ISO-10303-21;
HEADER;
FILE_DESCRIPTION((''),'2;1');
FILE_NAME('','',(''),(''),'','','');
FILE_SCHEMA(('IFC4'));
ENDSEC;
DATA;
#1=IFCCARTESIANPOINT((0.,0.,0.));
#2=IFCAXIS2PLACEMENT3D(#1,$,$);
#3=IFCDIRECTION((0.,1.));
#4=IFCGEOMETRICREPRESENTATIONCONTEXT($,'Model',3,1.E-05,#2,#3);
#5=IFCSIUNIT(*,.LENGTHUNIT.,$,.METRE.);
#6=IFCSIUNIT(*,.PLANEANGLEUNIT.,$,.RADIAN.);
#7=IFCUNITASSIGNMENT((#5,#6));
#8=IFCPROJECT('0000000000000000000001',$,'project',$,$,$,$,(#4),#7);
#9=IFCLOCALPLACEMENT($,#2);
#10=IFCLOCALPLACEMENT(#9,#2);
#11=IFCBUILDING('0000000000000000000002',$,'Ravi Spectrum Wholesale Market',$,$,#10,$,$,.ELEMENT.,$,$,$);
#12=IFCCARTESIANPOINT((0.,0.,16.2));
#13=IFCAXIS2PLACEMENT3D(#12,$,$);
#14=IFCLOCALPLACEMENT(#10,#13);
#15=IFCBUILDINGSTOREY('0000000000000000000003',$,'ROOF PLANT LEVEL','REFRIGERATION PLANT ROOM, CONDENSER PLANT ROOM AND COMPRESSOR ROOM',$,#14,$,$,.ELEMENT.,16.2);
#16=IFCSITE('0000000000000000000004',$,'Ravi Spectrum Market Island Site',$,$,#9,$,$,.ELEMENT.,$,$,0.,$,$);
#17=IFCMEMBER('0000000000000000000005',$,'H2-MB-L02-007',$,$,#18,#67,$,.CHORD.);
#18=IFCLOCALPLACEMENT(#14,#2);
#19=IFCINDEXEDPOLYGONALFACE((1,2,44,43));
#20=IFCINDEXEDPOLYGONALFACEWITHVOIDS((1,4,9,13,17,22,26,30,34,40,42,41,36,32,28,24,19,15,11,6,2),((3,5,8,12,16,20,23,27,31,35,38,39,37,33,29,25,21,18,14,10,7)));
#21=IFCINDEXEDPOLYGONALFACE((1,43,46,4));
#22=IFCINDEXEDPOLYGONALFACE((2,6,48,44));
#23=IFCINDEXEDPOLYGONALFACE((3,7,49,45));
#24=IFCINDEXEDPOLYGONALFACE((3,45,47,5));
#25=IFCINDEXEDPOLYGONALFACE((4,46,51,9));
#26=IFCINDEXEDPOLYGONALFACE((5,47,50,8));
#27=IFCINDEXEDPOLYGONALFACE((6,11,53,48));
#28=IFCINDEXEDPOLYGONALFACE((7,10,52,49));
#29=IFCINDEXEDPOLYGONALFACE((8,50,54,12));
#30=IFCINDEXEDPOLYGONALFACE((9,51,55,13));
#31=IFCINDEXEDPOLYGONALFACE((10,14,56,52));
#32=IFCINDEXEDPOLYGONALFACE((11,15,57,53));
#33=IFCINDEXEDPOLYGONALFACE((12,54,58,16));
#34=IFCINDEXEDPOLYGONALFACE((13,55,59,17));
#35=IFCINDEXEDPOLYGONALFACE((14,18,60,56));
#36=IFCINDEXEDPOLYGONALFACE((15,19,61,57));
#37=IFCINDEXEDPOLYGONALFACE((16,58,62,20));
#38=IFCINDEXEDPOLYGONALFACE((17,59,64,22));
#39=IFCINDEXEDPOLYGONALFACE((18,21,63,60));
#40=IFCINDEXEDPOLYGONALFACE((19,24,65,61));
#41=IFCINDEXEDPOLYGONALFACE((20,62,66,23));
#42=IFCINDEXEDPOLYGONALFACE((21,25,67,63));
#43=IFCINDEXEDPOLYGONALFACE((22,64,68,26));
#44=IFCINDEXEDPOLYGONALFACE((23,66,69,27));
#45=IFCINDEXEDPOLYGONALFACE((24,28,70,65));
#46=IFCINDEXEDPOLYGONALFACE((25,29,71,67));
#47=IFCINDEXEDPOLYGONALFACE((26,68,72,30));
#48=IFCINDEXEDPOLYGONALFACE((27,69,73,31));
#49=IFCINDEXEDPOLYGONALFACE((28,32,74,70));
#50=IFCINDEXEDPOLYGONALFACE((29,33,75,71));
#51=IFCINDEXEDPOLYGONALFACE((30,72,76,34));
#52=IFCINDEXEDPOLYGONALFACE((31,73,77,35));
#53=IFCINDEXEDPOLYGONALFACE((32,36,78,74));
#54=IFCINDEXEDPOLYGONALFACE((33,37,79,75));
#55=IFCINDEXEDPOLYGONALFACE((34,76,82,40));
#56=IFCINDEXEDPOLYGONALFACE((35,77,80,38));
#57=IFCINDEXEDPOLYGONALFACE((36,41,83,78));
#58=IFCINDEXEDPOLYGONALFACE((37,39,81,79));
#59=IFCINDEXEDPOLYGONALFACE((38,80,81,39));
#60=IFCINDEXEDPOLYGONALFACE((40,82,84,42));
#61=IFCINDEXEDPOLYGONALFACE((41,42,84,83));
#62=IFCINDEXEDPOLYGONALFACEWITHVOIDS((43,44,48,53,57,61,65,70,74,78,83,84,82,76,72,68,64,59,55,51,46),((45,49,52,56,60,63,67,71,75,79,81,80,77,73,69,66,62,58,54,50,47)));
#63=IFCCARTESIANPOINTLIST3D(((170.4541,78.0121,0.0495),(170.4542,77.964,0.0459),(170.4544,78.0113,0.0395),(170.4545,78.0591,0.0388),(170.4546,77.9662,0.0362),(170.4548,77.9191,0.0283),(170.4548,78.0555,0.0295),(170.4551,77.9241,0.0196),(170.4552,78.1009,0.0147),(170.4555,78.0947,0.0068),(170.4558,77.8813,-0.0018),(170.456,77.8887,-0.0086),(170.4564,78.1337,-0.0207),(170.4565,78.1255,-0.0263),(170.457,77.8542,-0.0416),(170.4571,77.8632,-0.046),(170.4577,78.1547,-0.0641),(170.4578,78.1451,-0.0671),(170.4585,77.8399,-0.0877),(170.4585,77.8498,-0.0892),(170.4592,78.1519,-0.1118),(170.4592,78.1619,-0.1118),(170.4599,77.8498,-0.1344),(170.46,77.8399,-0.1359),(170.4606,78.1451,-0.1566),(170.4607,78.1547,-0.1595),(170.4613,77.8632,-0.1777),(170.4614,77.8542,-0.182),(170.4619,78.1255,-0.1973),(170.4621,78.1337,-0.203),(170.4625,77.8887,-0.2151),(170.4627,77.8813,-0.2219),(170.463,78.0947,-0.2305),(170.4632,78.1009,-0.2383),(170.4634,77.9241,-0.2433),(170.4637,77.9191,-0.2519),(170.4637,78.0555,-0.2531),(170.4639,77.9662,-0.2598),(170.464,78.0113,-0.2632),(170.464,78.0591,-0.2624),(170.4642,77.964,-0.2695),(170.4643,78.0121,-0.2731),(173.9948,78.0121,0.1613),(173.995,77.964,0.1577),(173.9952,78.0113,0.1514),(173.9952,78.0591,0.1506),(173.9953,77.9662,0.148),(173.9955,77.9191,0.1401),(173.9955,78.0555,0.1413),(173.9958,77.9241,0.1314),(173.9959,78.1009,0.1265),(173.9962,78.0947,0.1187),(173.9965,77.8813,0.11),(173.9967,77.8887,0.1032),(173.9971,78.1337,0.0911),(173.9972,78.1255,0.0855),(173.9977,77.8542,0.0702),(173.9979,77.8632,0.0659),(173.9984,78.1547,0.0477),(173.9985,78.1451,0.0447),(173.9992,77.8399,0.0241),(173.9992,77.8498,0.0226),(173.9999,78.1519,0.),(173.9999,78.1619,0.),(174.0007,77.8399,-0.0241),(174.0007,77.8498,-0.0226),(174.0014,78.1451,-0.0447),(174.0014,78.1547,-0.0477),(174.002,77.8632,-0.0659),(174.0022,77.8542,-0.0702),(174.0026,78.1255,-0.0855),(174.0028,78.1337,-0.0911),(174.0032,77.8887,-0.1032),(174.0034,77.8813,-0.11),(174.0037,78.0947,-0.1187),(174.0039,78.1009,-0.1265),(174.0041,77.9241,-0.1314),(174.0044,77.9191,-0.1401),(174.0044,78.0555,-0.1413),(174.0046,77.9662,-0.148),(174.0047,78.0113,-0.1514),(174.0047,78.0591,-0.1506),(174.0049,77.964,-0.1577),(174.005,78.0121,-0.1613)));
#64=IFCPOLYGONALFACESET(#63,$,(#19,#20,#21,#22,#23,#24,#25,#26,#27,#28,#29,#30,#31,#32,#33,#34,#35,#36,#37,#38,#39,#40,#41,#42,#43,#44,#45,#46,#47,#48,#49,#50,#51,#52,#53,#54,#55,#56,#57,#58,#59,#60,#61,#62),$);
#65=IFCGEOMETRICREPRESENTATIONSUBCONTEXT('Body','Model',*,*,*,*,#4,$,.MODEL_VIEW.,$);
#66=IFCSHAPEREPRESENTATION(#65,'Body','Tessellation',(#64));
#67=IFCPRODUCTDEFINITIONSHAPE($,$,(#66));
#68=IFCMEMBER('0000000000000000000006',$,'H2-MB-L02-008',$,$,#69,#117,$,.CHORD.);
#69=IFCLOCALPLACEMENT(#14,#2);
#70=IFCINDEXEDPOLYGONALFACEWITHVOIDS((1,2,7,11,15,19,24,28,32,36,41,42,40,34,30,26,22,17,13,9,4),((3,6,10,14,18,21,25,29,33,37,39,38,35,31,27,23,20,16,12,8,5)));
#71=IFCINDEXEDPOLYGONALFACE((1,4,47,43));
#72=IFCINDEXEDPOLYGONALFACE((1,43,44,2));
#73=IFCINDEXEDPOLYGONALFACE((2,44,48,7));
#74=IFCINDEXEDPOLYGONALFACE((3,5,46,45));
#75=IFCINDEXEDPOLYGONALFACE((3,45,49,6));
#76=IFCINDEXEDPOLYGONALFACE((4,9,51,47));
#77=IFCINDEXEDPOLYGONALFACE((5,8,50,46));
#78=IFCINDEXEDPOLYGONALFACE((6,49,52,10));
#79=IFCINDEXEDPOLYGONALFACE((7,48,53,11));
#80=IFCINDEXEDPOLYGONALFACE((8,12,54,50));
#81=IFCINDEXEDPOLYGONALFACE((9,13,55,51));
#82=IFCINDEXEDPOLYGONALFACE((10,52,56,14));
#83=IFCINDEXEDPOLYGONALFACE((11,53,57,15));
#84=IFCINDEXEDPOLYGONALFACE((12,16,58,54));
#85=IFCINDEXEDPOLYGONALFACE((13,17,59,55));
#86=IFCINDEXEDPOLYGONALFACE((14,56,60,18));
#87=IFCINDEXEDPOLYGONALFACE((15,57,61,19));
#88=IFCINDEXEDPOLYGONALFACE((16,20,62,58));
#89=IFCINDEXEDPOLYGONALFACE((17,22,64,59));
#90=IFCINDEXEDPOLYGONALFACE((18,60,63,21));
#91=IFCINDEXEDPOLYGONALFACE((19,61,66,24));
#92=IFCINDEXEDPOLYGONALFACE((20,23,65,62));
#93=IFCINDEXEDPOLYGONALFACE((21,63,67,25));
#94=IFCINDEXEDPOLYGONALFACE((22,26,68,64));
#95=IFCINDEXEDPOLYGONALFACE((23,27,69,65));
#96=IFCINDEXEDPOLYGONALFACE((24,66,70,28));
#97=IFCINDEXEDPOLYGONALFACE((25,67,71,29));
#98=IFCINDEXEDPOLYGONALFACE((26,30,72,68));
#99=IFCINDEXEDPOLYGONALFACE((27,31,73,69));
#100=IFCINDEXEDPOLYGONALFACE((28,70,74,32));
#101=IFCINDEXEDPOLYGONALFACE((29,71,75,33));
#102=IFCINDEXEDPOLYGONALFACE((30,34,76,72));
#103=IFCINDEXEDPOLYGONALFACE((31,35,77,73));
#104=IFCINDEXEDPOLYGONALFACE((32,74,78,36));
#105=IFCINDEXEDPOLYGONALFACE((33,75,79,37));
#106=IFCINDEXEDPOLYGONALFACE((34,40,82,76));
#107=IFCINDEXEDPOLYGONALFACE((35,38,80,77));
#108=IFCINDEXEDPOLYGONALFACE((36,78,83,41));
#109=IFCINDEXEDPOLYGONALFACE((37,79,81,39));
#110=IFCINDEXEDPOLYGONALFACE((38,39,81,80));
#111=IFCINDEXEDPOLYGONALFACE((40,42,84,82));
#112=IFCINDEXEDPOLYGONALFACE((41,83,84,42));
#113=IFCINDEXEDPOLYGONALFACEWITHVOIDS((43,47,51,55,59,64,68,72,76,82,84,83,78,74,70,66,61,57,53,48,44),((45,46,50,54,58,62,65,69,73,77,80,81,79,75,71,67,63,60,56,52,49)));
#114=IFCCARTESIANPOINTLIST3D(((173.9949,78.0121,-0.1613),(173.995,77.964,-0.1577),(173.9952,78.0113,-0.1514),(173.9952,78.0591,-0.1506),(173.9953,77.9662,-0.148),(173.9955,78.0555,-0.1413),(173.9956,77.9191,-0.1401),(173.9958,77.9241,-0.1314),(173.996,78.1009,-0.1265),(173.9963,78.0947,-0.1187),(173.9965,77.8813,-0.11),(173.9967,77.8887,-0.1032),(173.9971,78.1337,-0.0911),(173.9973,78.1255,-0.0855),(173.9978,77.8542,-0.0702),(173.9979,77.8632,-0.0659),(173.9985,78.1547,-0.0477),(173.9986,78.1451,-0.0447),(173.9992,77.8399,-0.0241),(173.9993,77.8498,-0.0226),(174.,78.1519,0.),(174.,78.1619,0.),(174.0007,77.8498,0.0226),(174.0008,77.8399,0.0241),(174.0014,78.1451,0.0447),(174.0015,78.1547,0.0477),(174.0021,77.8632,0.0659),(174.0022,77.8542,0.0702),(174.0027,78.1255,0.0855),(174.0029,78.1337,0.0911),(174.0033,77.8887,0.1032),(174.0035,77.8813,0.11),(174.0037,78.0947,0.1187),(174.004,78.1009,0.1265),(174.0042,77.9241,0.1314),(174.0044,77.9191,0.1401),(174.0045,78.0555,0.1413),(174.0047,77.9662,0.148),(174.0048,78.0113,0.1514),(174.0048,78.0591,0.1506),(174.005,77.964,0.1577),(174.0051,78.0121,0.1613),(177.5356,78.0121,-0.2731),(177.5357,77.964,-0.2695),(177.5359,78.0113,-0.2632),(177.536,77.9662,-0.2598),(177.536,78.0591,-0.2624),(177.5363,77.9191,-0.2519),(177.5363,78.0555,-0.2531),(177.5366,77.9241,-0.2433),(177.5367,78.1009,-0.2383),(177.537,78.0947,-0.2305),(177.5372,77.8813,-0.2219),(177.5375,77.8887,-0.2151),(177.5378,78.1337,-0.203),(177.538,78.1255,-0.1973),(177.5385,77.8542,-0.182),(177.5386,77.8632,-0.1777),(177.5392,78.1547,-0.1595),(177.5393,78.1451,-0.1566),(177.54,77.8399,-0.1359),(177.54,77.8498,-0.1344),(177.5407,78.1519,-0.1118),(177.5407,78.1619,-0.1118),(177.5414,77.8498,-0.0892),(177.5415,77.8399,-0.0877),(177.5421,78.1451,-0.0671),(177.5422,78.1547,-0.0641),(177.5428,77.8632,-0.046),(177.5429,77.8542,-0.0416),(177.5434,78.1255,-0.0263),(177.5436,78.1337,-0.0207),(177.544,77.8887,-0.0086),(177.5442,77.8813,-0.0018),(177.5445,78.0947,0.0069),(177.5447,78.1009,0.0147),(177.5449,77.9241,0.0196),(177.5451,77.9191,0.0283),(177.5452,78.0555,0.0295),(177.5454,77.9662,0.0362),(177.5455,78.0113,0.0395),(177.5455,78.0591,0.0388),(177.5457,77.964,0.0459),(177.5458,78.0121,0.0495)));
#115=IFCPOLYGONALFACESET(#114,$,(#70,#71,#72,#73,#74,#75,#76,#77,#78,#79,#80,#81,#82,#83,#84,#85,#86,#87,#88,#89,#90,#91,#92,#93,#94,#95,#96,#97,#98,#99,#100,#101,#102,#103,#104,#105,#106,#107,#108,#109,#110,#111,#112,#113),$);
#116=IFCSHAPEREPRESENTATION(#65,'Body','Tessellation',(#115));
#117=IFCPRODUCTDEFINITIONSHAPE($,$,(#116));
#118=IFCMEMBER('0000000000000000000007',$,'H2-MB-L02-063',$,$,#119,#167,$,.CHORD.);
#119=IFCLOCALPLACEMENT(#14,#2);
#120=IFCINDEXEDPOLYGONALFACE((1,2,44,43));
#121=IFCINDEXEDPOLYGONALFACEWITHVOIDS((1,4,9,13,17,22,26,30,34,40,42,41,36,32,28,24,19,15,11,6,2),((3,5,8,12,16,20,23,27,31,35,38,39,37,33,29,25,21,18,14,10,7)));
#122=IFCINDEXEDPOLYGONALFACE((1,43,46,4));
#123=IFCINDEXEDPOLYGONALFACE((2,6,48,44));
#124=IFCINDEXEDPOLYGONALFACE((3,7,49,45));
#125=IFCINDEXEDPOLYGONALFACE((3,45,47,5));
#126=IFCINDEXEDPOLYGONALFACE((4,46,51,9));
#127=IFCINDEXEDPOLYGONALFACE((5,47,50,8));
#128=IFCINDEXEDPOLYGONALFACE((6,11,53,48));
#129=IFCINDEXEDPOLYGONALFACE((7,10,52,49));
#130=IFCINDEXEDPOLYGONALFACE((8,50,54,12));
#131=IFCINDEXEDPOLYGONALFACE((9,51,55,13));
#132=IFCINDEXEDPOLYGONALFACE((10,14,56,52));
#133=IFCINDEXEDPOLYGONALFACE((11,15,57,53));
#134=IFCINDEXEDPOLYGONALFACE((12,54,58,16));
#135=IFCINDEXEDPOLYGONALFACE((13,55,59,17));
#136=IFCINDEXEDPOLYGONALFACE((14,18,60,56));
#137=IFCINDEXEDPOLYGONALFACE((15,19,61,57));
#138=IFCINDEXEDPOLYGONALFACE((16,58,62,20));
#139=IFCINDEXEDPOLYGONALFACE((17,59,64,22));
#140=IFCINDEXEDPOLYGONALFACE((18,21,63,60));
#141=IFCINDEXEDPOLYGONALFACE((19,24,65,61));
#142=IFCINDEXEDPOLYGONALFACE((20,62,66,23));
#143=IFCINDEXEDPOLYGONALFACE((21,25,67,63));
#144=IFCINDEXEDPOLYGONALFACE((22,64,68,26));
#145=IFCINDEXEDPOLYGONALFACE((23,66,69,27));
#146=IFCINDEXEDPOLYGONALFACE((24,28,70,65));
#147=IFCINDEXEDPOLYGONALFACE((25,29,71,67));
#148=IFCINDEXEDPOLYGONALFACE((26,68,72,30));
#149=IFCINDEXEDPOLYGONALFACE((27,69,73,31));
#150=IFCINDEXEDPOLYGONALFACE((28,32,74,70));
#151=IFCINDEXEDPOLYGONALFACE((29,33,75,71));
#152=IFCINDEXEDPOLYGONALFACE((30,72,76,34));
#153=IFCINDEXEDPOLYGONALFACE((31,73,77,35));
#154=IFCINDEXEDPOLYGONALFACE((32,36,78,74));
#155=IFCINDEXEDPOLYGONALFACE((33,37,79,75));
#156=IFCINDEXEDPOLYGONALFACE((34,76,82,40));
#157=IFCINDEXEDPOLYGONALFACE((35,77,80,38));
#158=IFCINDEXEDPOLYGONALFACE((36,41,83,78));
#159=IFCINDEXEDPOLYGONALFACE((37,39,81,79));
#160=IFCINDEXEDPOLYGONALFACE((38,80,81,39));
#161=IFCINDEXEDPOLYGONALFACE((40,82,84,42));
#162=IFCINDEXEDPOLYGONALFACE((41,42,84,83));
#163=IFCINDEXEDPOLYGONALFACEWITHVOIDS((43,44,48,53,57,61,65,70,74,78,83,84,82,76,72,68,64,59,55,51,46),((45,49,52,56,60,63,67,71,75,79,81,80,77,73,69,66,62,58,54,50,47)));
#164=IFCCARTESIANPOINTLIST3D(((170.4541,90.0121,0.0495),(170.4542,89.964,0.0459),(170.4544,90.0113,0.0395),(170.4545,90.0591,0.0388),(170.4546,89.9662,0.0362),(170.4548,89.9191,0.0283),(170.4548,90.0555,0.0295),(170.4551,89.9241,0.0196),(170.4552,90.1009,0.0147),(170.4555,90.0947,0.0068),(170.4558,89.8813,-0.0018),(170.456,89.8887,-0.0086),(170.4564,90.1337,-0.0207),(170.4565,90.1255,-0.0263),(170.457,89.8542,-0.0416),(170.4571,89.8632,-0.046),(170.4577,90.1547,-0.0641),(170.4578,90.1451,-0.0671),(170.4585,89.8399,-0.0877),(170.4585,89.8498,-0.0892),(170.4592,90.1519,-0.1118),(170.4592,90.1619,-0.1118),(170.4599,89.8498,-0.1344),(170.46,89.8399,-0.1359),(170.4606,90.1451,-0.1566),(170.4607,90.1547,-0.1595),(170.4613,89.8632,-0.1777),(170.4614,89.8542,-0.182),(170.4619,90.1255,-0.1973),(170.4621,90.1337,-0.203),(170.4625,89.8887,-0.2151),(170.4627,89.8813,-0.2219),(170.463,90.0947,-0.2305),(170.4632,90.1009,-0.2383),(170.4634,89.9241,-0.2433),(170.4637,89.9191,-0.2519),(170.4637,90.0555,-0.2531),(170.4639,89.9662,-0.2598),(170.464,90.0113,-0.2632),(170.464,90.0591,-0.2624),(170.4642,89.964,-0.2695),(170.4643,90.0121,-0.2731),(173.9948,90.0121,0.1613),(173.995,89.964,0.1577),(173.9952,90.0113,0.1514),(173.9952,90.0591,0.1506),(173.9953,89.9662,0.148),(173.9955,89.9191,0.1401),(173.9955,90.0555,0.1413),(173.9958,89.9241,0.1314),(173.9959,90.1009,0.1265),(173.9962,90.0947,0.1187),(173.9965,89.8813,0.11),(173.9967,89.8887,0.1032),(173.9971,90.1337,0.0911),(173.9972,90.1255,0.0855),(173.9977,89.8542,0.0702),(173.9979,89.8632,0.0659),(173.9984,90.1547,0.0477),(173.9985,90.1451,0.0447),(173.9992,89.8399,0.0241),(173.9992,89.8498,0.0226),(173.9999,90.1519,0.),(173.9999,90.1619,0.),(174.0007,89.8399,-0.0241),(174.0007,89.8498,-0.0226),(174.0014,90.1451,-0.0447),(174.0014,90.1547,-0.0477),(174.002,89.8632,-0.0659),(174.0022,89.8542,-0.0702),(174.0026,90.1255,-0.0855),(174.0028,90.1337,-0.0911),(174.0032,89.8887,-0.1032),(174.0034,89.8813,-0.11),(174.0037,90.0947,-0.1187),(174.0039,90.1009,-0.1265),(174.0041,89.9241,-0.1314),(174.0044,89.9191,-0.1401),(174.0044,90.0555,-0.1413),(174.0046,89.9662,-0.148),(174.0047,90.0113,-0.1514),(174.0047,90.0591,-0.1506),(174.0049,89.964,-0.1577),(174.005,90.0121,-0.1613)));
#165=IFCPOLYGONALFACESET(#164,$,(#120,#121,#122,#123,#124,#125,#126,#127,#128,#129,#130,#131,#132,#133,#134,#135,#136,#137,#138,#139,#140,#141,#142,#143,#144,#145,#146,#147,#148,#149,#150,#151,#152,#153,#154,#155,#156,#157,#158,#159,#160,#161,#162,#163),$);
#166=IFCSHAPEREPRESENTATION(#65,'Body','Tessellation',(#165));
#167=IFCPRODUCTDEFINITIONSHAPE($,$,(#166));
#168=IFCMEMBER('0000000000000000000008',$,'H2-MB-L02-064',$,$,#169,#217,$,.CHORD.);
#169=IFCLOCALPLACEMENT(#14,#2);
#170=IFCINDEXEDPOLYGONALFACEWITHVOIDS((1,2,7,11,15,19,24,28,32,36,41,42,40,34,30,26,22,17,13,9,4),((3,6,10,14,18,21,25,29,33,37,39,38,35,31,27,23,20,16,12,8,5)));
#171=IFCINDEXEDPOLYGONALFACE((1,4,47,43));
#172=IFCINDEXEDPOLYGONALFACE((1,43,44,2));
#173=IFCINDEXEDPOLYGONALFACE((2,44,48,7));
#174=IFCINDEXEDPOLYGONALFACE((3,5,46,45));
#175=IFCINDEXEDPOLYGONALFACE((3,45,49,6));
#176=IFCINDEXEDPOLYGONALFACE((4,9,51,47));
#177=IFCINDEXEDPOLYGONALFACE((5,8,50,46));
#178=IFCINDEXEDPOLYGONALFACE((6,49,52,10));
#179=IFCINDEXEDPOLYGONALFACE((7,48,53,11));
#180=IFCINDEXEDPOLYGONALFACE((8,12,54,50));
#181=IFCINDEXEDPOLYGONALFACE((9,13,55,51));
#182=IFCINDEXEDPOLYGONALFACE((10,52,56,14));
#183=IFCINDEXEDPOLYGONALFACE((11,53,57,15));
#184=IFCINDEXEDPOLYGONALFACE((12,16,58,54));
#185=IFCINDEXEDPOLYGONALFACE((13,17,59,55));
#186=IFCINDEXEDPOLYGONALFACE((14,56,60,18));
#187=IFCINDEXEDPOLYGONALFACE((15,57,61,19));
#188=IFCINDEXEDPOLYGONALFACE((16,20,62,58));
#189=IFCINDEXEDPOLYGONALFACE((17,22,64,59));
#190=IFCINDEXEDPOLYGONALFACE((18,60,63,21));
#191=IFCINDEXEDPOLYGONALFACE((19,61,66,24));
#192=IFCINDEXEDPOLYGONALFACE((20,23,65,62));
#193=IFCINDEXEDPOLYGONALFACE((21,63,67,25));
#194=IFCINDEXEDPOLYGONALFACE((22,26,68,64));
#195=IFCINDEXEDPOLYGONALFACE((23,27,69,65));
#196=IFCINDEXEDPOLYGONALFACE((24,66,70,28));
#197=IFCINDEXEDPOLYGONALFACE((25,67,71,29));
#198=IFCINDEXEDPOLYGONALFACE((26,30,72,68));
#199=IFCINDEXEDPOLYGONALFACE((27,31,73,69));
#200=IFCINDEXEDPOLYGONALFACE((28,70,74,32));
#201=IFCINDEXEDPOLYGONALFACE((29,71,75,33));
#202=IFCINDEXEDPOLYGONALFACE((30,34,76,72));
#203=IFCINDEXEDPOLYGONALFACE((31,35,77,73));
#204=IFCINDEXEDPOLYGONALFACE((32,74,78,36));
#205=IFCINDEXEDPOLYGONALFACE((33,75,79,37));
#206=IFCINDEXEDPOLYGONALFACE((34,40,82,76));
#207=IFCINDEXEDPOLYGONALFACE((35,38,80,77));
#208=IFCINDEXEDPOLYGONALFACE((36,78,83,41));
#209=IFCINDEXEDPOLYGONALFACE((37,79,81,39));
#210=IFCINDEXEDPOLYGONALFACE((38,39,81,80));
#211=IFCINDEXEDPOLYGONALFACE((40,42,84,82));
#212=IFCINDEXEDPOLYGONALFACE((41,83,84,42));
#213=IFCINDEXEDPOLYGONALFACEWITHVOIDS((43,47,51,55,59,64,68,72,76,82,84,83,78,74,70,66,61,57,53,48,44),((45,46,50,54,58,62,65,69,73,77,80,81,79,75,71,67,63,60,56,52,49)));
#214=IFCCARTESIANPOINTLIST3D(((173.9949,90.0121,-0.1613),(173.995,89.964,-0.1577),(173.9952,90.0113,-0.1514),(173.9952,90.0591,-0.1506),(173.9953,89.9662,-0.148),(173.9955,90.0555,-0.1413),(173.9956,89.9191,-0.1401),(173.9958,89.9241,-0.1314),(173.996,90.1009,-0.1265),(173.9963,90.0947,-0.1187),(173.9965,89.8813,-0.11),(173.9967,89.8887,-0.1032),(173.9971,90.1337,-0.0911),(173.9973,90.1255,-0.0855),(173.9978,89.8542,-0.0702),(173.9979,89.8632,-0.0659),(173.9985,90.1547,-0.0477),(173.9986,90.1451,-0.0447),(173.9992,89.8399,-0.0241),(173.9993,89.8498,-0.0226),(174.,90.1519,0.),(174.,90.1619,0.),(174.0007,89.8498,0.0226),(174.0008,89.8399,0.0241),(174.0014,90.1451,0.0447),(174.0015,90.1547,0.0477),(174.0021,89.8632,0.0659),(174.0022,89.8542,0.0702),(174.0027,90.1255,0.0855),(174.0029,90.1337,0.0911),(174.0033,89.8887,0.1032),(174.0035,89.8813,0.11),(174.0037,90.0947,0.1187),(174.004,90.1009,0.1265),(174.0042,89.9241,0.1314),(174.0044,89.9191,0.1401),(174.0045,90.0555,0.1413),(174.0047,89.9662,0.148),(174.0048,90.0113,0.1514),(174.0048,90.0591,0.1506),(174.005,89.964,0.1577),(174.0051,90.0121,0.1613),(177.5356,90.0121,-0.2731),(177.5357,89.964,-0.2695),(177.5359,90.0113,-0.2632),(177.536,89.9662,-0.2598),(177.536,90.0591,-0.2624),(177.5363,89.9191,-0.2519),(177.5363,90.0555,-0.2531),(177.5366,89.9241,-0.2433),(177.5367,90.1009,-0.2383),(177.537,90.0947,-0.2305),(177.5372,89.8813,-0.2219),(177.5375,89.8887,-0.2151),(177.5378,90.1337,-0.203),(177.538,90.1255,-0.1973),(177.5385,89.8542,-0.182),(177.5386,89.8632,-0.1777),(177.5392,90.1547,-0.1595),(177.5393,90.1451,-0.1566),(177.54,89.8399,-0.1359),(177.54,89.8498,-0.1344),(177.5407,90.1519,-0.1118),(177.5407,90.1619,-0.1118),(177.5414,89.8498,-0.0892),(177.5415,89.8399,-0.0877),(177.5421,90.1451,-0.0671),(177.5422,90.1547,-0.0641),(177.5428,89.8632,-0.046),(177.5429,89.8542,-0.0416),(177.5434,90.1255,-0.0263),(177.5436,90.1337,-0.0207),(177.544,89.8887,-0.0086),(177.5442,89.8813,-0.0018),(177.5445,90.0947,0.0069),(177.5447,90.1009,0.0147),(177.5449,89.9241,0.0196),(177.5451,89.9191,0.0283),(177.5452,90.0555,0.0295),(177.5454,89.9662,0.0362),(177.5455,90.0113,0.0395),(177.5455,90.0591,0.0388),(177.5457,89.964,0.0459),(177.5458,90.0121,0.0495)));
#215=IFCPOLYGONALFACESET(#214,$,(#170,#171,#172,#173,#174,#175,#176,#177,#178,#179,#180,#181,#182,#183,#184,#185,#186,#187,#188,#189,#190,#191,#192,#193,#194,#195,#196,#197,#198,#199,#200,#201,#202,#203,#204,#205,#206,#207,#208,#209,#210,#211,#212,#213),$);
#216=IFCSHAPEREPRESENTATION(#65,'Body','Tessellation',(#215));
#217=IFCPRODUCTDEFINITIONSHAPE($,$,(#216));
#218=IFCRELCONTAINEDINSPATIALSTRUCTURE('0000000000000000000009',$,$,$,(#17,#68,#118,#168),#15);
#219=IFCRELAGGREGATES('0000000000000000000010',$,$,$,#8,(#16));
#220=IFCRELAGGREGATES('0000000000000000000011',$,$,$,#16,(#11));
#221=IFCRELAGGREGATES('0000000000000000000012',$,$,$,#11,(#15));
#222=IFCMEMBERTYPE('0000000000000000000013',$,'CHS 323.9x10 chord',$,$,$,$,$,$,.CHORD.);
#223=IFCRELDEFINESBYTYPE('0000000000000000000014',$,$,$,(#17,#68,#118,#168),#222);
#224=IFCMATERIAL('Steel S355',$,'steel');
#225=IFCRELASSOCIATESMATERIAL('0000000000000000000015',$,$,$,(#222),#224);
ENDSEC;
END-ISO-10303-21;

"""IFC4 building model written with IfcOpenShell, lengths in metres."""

from ifc_helpers import new_model, si_unit, direction, frame, origin, origin_2d, place, context, subcontext, project, spatial, hollow_circle, extrude, material, material_profile, profile_set, type_object, element, save


model = new_model("IFC4")

# Units and contexts
model_context = context("Model", 3, precision=1e-05, world=origin(), true_north=direction((0.0, 1.0)))
body_context = subcontext(model_context, "Body", "Model", "MODEL_VIEW")
ifc_project = project(units=[si_unit("LENGTHUNIT", "METRE"), si_unit("PLANEANGLEUNIT", "RADIAN")], contexts=[model_context])

# Site, building, storey
site_placement = place(None, origin())
site = spatial("IfcSite", under=ifc_project, at=site_placement, Name="Ravi Spectrum Market Island Site", CompositionType="ELEMENT", RefElevation=0.0)
building_placement = place(site_placement, origin())
building = spatial("IfcBuilding", under=site, at=building_placement, Name="Ravi Spectrum Wholesale Market", CompositionType="ELEMENT")
storey_placement = place(building_placement, frame((0.0, 0.0, 16.2)))
storey = spatial("IfcBuildingStorey", under=building, at=storey_placement, Name="ROOF PLANT LEVEL", Description="REFRIGERATION PLANT ROOM, CONDENSER PLANT ROOM AND COMPRESSOR ROOM", CompositionType="ELEMENT", Elevation=16.2)

# Members
ifc_material_1 = material(Name="Steel S355", Category="steel")
ifc_material_profile_1 = material_profile(ifc_material_1, hollow_circle(Radius=0.1619, WallThickness=0.01, at=origin_2d()))
ifc_profile_set_1 = profile_set([ifc_material_profile_1], Name="Steel S355")
member_type_1 = type_object("IfcMemberType", Name="CHS 323.9x10 chord", PredefinedType="CHORD", material=ifc_profile_set_1)
for number, where, z_axis, x_axis, name in (
    (1, (170.4592, 78.0, -0.1118), (0.999502, 0.0, 0.031564), (0.0, 1.0, 0.0), "H2-MB-L02-007"),
    (2, (174.0, 78.0, 0.0), (0.999502, 0.0, -0.031564), (0.0, 1.0, 0.0), "H2-MB-L02-008"),
    (3, (170.4592, 90.0, -0.1118), (0.999502, 0.0, 0.031564), (0.0, 1.0, 0.0), "H2-MB-L02-063"),
    (4, (174.0, 90.0, 0.0), (0.999502, 0.0, -0.031564), (0.0, 1.0, 0.0), "H2-MB-L02-064"),
):
    element("IfcMember", number, at=place(storey_placement, frame(where, z_axis=z_axis, x_axis=x_axis)), inside=storey, type_object=member_type_1, Name=name, PredefinedType="CHORD", context=body_context, shape_type="SweptSolid", body=[
        extrude(hollow_circle(Radius=0.1619, WallThickness=0.01, at=origin_2d()), origin(), (0.0, 0.0, 1.0), 3.5425),
    ])

save(model, "model.ifc")
